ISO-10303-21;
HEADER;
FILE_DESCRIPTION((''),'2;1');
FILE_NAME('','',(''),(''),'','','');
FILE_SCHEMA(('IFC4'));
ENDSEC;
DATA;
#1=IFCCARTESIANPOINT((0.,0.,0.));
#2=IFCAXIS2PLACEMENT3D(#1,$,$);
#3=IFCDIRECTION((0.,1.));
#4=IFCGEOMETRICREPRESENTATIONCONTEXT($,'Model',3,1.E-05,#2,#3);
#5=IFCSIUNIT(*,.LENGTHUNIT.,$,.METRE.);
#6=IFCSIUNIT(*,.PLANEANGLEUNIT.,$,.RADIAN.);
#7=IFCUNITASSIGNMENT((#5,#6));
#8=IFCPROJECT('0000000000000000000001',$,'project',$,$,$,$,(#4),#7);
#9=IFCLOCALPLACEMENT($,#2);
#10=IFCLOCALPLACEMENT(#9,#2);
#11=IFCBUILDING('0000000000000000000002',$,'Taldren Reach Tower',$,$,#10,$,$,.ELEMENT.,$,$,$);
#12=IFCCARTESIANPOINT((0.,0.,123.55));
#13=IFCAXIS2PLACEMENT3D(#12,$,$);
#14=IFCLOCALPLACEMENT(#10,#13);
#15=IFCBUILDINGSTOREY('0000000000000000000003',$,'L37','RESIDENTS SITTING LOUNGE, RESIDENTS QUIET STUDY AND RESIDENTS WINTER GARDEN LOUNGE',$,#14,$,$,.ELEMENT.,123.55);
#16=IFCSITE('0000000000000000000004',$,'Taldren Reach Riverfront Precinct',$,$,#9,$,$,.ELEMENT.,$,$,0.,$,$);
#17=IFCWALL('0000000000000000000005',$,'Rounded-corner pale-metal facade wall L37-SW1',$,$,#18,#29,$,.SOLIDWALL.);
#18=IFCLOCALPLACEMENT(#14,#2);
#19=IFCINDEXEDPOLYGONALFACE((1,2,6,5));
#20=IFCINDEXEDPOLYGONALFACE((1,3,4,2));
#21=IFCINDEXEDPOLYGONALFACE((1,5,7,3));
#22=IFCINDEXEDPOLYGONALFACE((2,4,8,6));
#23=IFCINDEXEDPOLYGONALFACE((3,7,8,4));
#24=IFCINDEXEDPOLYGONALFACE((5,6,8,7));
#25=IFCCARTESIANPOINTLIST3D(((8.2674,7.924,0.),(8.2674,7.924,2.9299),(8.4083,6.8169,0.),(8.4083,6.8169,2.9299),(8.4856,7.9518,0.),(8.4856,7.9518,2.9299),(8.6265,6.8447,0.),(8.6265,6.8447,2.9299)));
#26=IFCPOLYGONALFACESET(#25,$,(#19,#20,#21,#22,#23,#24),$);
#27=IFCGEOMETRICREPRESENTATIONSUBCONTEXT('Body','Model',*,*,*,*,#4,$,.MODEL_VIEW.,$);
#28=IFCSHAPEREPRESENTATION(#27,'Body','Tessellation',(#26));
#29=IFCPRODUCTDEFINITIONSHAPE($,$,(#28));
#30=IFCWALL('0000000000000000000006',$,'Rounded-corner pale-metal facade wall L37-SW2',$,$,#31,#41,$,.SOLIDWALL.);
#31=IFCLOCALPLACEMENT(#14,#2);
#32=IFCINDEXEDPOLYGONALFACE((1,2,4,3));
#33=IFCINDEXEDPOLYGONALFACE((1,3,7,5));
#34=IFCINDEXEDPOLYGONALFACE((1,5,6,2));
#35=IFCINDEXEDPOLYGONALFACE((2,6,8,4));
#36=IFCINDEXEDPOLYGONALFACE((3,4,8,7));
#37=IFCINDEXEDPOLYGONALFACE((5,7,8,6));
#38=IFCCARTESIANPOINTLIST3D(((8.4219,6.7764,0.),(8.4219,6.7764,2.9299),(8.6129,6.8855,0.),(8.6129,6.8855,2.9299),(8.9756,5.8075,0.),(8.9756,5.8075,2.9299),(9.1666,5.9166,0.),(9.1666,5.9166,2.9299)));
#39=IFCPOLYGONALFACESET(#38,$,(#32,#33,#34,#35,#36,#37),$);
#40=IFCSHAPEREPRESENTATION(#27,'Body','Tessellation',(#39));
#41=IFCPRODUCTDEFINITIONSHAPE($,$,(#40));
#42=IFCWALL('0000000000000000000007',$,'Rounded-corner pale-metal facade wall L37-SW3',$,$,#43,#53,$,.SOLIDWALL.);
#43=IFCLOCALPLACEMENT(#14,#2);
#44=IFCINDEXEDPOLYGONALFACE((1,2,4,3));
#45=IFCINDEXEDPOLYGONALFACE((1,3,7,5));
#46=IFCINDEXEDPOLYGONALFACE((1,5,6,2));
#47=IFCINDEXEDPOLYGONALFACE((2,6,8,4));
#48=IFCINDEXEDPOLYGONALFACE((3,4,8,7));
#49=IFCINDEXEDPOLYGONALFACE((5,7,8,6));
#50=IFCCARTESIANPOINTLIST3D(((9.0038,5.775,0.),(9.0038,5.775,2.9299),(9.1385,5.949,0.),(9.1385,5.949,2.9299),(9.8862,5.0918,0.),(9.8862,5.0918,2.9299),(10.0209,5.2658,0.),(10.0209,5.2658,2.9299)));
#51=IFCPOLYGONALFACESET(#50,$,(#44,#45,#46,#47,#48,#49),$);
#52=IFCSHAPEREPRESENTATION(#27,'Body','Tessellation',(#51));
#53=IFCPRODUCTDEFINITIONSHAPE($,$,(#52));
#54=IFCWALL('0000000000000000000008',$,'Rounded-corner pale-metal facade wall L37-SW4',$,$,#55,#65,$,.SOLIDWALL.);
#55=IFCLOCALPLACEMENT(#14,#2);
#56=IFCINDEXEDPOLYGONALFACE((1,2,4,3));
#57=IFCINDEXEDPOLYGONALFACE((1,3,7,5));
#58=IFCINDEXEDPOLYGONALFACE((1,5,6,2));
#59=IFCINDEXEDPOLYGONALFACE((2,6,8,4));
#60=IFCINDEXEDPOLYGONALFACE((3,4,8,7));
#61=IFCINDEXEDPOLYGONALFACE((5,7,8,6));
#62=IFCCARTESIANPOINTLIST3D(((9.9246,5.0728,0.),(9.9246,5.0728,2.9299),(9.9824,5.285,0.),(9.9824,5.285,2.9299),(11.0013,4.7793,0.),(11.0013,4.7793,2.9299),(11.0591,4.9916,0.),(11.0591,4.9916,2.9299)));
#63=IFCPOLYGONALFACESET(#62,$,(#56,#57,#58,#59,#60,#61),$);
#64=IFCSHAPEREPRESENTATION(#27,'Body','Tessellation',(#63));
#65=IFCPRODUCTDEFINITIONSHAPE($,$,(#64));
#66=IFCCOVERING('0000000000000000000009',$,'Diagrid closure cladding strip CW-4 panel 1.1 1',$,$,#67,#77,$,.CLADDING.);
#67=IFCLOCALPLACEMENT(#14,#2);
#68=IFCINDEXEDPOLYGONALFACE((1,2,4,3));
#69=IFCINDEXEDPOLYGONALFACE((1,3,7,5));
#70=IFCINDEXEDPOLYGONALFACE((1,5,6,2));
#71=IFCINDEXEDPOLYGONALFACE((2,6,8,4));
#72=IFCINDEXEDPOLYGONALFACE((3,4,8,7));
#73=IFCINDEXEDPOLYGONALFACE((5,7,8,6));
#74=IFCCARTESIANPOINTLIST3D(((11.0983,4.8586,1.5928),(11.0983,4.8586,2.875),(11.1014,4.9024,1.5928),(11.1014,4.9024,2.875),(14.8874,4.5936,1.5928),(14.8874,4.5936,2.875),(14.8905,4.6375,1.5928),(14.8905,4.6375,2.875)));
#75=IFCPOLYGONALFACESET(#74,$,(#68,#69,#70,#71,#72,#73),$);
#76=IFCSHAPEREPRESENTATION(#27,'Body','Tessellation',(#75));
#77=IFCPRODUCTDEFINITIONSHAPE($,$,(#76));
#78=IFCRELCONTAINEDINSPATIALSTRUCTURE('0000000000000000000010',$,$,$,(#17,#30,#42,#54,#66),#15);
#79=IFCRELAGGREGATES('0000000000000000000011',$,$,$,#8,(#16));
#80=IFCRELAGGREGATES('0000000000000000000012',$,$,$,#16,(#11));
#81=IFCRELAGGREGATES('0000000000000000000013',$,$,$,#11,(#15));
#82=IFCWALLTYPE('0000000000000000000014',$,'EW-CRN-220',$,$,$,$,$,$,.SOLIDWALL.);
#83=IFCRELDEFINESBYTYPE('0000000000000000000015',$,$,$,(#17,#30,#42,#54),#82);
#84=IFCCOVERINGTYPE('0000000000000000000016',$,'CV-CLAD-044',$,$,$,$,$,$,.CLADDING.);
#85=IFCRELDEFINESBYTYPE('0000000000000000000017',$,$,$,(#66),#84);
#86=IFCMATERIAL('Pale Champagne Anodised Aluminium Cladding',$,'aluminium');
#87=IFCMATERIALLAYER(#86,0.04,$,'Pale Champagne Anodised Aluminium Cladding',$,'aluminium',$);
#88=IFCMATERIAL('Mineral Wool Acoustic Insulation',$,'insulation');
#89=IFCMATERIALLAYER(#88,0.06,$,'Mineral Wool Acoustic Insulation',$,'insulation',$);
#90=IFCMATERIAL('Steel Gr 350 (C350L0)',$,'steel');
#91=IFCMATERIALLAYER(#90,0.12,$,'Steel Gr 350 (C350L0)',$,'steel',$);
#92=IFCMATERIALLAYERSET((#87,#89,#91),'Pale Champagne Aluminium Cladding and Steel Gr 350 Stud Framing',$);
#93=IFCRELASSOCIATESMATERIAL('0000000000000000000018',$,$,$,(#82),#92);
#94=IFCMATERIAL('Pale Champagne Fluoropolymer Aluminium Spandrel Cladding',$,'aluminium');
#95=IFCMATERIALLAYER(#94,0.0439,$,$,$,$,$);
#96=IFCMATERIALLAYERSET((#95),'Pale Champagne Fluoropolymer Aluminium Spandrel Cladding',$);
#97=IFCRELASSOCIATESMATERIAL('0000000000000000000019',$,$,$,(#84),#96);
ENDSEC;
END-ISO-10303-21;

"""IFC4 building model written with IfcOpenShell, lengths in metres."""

from ifc_helpers import new_model, si_unit, direction, frame, frame_2d, origin, origin_2d, place, context, subcontext, project, spatial, rectangle, extrude, source, transform, mapped, material, layer, layer_set, type_object, element, save


model = new_model("IFC4")

# Units and contexts
model_context = context("Model", 3, precision=1e-05, world=origin(), true_north=direction((0.0, 1.0)))
body_context = subcontext(model_context, "Body", "Model", "MODEL_VIEW")
ifc_project = project(units=[si_unit("LENGTHUNIT", "METRE"), si_unit("PLANEANGLEUNIT", "RADIAN")], contexts=[model_context])

# Site, building, storey
site_placement = place(None, origin())
site = spatial("IfcSite", under=ifc_project, at=site_placement, Name="Taldren Reach Riverfront Precinct", CompositionType="ELEMENT", RefElevation=0.0)
building_placement = place(site_placement, origin())
building = spatial("IfcBuilding", under=site, at=building_placement, Name="Taldren Reach Tower", CompositionType="ELEMENT")
storey_placement = place(building_placement, frame((0.0, 0.0, 123.55)))
storey = spatial("IfcBuildingStorey", under=building, at=storey_placement, Name="L37", Description="RESIDENTS SITTING LOUNGE, RESIDENTS QUIET STUDY AND RESIDENTS WINTER GARDEN LOUNGE", CompositionType="ELEMENT", Elevation=123.55)

# Shared definitions
ifc_material_1 = material(Name="Steel Gr 350 (C350L0)", Category="steel")

# Walls
ifc_material_2 = material(Name="Pale Champagne Anodised Aluminium Cladding", Category="aluminium")
ifc_layer_1 = layer(ifc_material_2, 0.04, Name="Pale Champagne Anodised Aluminium Cladding", Category="aluminium")
ifc_material_3 = material(Name="Mineral Wool Acoustic Insulation", Category="insulation")
ifc_layer_2 = layer(ifc_material_3, 0.06, Name="Mineral Wool Acoustic Insulation", Category="insulation")
ifc_layer_3 = layer(ifc_material_1, 0.12, Name="Steel Gr 350 (C350L0)", Category="steel")
ifc_layer_set_1 = layer_set([ifc_layer_1, ifc_layer_2, ifc_layer_3], Name="Pale Champagne Aluminium Cladding and Steel Gr 350 Stud Framing")
wall_type = type_object("IfcWallType", Name="EW-CRN-220", PredefinedType="SOLIDWALL", material=ifc_layer_set_1)
shared_shape_1 = source(origin(), body_context, "Body", "SweptSolid", [
    extrude(rectangle(XDim=1.116, YDim=0.22, at=frame_2d((0.5581, 0.0))), origin(), (0.0, 0.0, 1.0), 2.9299),
])
for number, where, z_axis, x_axis, name in (
    (1, (8.3765, 7.938, 0.0), (0.0, 0.0, 1.0), (0.126243, -0.991999, 0.0), "Rounded-corner pale-metal facade wall L37-SW1"),
    (2, (8.5173, 6.8311, 0.0), (0.0, 0.0, 1.0), (0.496139, -0.868243, 0.0), "Rounded-corner pale-metal facade wall L37-SW2"),
    (3, (9.071, 5.8621, 0.0), (0.0, 0.0, 1.0), (0.790717, -0.612182, 0.0), "Rounded-corner pale-metal facade wall L37-SW3"),
    (4, (9.9534, 5.179, 0.0), (0.0, 0.0, 1.0), (0.964804, -0.262969, 0.0), "Rounded-corner pale-metal facade wall L37-SW4"),
):
    element("IfcWall", number, at=place(storey_placement, frame(where, z_axis=z_axis, x_axis=x_axis)), inside=storey, type_object=wall_type, Name=name, PredefinedType="SOLIDWALL", context=body_context, shape_type="MappedRepresentation", body=[
        mapped(shared_shape_1, transform((0.0, 0.0, 0.0), scale=1.0)),
    ])

# Covering
ifc_material_4 = material(Name="Pale Champagne Fluoropolymer Aluminium Spandrel Cladding", Category="aluminium")
ifc_layer_4 = layer(ifc_material_4, 0.0439)
ifc_layer_set_2 = layer_set([ifc_layer_4], Name="Pale Champagne Fluoropolymer Aluminium Spandrel Cladding")
covering_type = type_object("IfcCoveringType", Name="CV-CLAD-044", PredefinedType="CLADDING", material=ifc_layer_set_2)
shared_shape_2 = source(origin(), body_context, "Body", "SweptSolid", [
    extrude(rectangle(XDim=3.7983, YDim=0.0439, at=origin_2d()), origin(), (0.0, 0.0, 1.0), 1.2822),
])
covering_placement = place(storey_placement, frame((12.9944, 4.748, 1.5928), z_axis=(0.0, 0.0, 1.0), x_axis=(0.997564, -0.069757, 0.0)))
element("IfcCovering", 5, at=covering_placement, inside=storey, type_object=covering_type, Name="Diagrid closure cladding strip CW-4 panel 1.1 1", PredefinedType="CLADDING", context=body_context, shape_type="MappedRepresentation", body=[
    mapped(shared_shape_2, transform((0.0, 0.0, 0.0), scale=1.0)),
])

save(model, "model.ifc")
